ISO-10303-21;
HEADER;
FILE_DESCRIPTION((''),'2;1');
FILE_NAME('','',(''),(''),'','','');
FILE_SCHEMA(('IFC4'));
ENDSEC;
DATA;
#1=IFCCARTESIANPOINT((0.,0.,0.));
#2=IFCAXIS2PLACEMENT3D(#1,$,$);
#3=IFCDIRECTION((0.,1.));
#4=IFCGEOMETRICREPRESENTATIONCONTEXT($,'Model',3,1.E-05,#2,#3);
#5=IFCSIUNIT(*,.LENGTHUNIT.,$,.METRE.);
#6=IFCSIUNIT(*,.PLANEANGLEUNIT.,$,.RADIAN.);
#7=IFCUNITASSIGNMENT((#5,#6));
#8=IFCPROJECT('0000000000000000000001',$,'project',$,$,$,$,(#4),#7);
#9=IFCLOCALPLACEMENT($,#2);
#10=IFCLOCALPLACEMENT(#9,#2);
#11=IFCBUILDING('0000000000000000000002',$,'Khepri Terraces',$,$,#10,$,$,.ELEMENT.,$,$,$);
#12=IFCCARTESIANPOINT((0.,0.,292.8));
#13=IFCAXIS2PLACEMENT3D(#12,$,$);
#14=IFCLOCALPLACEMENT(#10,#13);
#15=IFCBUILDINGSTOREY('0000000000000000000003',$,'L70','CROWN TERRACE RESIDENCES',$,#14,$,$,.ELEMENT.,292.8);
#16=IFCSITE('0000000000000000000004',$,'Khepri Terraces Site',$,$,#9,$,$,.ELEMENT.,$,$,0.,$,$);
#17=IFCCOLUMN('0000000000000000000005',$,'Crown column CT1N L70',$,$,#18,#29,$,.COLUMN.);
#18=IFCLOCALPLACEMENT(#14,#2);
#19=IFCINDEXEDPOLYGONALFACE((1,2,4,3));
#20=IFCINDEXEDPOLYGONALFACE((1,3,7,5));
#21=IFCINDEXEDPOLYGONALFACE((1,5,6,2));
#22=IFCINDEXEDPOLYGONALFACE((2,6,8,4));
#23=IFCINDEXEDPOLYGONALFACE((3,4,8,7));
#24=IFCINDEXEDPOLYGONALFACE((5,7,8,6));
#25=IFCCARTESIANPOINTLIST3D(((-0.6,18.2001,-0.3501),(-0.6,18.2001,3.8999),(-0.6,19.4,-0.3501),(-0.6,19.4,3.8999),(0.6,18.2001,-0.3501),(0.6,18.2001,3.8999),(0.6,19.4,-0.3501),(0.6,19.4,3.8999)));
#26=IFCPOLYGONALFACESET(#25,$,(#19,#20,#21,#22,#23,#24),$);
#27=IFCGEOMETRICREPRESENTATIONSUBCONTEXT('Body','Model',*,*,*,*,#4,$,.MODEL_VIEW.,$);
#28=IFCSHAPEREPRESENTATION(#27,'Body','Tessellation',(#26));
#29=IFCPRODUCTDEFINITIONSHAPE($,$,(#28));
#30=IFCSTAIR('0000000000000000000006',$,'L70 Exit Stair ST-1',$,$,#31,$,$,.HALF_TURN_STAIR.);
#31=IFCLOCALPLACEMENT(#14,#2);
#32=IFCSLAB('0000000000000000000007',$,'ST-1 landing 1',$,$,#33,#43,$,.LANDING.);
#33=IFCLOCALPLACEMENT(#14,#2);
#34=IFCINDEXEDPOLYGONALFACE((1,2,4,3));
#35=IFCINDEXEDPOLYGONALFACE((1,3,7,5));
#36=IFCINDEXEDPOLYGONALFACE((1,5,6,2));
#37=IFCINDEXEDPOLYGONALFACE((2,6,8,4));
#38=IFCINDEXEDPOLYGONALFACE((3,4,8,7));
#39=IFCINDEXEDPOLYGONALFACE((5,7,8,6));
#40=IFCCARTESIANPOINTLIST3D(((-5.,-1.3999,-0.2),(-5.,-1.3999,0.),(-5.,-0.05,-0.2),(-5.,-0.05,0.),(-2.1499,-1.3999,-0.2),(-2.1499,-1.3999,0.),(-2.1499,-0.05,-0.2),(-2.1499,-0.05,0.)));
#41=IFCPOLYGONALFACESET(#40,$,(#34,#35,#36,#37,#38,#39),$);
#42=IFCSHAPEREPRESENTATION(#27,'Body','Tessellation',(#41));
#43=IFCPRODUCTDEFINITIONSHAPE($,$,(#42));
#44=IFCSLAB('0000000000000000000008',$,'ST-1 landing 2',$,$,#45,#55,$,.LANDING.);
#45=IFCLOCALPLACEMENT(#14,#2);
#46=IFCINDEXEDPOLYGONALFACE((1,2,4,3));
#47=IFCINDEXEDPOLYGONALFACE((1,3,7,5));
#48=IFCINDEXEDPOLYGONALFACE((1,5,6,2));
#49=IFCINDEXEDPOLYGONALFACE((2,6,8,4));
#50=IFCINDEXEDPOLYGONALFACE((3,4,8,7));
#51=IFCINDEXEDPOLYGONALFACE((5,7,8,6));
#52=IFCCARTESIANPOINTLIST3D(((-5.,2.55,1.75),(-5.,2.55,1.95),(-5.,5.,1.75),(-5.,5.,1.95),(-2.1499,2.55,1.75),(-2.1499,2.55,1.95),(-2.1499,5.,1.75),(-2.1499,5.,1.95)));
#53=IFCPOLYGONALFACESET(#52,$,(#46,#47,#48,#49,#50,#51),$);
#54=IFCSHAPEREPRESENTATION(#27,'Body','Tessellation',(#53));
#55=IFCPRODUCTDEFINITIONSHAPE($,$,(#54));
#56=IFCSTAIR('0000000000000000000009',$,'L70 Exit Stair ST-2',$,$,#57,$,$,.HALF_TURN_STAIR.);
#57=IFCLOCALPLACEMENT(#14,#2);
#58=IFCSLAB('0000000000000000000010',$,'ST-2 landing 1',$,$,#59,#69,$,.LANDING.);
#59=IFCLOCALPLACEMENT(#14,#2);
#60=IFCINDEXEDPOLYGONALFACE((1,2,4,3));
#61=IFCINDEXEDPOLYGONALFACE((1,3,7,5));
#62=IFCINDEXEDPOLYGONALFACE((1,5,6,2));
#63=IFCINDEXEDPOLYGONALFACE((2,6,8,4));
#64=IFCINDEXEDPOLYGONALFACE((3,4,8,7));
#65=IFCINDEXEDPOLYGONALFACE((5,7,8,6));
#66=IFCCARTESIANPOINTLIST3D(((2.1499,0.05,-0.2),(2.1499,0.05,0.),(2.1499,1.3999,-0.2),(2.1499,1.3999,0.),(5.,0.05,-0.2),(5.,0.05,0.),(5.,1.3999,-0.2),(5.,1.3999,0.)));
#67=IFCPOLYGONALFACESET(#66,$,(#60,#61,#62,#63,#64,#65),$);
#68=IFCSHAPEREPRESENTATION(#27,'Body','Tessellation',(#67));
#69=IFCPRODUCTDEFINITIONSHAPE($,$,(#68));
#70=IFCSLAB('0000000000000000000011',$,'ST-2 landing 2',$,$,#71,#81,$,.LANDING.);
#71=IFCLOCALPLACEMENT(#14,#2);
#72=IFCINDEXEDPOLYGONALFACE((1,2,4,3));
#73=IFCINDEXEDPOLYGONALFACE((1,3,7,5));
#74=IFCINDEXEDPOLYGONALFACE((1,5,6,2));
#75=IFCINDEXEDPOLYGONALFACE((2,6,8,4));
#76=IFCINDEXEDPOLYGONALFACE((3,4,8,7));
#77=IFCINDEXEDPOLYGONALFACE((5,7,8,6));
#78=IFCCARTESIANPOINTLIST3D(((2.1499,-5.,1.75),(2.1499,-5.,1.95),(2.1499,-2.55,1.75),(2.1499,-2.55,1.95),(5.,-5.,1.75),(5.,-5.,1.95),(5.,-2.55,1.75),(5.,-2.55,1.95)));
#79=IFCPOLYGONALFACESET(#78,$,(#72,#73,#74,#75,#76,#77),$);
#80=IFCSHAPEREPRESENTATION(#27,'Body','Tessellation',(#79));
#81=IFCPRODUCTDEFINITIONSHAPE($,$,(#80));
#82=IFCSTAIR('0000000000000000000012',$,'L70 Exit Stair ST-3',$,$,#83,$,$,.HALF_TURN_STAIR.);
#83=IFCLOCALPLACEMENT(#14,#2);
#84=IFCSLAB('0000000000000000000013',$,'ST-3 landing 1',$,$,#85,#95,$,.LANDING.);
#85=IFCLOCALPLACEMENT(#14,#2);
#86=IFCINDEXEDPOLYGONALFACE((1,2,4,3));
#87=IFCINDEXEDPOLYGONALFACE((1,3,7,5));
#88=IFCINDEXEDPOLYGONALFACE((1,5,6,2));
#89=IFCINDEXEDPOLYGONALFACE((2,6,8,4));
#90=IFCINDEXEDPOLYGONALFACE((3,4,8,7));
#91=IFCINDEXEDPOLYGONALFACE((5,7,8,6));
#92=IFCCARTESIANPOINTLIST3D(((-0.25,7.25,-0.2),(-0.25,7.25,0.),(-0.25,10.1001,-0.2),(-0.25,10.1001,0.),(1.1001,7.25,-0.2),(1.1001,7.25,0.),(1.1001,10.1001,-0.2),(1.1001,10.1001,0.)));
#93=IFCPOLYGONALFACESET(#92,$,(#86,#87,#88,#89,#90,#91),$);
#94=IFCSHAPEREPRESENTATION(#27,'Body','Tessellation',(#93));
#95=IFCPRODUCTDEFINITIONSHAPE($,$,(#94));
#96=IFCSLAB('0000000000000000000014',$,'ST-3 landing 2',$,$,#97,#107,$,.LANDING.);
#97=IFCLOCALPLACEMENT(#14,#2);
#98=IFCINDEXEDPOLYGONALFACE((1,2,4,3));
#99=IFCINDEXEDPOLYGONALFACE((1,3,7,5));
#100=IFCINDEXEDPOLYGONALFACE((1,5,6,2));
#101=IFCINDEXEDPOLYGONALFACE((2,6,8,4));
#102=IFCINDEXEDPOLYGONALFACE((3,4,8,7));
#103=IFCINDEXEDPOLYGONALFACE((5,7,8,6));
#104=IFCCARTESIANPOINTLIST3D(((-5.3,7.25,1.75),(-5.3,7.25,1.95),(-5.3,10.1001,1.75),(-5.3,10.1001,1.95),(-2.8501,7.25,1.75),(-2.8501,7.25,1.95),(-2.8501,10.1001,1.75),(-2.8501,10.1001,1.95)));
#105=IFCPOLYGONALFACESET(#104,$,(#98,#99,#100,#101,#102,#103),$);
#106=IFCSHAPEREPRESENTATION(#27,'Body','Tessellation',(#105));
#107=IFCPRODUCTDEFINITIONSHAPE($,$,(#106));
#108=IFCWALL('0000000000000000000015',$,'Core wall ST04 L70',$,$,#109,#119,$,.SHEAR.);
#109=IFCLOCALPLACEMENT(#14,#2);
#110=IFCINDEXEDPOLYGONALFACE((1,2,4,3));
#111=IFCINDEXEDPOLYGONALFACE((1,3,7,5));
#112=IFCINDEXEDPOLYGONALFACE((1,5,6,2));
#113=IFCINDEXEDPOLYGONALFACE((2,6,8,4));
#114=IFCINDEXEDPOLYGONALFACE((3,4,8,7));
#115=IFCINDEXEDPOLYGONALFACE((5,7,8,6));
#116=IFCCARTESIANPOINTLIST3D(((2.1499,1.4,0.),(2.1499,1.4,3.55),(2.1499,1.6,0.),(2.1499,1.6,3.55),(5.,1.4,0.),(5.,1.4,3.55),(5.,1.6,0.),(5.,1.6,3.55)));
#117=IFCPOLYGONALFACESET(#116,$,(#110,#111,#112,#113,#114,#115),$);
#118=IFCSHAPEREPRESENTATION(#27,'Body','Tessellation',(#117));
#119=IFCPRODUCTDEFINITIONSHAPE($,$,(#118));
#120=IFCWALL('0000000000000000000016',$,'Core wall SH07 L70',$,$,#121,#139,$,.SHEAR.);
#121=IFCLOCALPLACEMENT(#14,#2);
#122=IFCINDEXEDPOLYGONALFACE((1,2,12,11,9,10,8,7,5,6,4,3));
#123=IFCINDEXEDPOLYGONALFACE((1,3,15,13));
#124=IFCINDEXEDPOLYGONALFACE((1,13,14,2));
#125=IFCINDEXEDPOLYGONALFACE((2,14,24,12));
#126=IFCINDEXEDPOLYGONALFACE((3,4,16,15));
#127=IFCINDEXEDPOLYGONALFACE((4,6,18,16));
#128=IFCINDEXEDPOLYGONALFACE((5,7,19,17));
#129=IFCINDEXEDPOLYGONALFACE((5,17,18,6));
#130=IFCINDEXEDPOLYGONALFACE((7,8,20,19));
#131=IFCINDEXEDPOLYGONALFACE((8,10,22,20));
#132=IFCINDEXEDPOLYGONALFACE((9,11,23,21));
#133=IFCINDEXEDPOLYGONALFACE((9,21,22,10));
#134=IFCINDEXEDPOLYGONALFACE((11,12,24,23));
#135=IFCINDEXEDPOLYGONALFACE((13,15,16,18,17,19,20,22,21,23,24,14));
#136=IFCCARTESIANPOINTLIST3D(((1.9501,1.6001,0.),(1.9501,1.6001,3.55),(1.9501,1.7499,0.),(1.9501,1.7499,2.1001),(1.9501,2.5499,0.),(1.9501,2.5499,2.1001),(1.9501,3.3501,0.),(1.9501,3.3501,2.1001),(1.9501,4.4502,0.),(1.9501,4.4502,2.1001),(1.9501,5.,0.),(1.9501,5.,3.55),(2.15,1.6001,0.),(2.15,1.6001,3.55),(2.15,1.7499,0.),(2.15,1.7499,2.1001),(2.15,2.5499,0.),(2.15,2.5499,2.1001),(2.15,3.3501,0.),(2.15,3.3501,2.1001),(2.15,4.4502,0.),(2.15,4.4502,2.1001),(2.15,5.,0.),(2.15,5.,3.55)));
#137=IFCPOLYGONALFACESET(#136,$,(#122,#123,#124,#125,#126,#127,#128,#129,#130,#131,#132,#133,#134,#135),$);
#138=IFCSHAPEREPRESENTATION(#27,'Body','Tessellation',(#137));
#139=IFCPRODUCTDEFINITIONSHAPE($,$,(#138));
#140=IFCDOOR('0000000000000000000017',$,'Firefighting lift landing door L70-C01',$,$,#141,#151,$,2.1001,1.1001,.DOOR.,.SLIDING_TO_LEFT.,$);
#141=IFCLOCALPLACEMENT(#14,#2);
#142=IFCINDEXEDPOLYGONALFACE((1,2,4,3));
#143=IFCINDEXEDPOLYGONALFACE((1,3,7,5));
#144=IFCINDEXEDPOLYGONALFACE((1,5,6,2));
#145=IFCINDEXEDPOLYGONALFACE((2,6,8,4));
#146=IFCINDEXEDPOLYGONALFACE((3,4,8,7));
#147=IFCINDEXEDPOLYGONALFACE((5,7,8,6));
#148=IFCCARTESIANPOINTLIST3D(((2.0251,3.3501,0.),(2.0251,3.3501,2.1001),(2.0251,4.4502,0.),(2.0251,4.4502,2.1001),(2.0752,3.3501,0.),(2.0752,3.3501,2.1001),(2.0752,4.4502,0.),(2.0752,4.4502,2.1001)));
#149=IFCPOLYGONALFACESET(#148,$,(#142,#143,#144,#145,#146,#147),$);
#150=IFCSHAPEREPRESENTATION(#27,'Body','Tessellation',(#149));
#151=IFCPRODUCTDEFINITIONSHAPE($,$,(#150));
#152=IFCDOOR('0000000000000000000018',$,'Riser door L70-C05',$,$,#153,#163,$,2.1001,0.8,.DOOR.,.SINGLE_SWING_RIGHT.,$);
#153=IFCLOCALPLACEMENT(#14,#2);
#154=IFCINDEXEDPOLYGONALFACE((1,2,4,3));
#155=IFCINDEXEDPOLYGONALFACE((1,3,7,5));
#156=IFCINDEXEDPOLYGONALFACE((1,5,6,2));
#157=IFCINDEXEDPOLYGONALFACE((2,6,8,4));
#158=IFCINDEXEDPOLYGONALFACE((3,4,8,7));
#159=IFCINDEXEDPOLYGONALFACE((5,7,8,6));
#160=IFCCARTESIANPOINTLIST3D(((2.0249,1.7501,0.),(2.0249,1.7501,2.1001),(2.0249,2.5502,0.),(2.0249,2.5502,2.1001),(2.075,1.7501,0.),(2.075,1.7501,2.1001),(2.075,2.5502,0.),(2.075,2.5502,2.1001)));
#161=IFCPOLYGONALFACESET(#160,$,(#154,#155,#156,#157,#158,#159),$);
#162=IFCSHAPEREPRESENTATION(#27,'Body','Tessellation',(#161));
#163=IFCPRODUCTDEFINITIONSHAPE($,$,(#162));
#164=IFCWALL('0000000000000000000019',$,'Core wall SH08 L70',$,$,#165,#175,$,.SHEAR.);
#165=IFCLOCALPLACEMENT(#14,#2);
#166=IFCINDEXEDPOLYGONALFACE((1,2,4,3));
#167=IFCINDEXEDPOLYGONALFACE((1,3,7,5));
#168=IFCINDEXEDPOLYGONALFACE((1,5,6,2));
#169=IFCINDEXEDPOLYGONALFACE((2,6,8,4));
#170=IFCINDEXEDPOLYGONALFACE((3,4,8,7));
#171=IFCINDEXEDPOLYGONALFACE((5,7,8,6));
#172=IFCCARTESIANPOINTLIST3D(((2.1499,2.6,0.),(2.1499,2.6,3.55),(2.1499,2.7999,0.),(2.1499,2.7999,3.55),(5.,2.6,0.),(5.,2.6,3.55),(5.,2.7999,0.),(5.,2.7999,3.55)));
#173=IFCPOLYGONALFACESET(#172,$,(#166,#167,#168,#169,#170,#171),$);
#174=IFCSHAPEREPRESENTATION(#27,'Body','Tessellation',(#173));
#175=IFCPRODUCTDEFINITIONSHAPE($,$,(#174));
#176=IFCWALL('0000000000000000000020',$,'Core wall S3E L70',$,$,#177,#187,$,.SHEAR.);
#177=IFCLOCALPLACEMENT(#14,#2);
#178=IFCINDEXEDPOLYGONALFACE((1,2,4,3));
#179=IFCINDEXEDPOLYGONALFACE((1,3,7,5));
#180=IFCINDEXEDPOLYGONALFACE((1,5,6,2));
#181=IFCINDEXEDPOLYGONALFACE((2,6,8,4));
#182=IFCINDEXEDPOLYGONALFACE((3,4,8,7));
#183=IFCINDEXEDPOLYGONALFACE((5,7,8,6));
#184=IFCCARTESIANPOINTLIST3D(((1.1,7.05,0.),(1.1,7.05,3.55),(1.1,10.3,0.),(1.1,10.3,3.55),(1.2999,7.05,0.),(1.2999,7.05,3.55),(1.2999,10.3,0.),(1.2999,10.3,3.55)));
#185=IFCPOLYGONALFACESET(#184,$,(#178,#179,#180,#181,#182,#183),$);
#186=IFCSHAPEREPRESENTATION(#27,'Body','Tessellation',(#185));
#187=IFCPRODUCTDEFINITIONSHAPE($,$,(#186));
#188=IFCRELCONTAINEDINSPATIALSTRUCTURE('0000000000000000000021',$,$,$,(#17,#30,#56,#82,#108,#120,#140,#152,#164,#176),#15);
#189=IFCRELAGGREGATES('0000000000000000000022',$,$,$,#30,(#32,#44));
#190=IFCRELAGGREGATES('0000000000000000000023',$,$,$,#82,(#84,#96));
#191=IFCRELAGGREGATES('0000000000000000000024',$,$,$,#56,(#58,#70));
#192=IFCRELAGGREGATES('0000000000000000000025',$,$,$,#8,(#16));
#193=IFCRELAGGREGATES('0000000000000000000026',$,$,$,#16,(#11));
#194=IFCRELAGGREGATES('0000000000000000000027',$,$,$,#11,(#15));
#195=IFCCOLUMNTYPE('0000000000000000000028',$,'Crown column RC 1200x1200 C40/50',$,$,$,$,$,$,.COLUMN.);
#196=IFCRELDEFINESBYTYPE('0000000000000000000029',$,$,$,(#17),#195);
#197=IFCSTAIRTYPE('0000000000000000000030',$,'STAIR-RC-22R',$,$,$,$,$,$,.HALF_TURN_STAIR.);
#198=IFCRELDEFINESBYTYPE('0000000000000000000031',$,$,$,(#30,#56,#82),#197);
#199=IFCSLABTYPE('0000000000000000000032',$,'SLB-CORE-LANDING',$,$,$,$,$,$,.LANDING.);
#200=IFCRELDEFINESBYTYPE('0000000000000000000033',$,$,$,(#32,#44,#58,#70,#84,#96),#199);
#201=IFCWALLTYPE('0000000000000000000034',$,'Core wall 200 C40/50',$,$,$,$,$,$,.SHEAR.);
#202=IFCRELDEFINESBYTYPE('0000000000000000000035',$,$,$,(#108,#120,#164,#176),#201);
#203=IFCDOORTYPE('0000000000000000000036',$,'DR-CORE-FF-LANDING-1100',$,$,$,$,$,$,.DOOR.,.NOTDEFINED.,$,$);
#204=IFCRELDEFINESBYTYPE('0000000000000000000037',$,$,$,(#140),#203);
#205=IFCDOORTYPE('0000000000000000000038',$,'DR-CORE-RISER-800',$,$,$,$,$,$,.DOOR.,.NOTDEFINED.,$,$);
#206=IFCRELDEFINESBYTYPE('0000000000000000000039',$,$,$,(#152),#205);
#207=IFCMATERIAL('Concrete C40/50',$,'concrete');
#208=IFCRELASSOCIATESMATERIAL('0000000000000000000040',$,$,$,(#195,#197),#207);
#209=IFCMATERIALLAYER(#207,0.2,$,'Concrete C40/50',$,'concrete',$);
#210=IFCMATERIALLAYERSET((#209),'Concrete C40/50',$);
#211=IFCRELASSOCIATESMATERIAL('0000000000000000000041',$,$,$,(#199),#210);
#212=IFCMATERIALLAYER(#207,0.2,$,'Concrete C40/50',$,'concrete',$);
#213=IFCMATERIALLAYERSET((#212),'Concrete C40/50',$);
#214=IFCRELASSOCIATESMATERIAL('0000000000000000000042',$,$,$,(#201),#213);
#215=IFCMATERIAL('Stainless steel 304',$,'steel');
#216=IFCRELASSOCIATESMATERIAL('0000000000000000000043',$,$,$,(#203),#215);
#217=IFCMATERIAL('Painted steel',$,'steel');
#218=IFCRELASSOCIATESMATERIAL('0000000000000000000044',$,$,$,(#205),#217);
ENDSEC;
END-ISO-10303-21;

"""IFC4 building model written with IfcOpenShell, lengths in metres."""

from ifc_helpers import new_model, si_unit, direction, frame, frame_2d, origin, origin_2d, place, context, subcontext, project, spatial, polyline, rectangle, outline, extrude, material, layer, layer_set, material_profile, profile_set, type_object, element, fill, aggregate, save


model = new_model("IFC4")

# Units and contexts
model_context = context("Model", 3, precision=1e-05, world=origin(), true_north=direction((0.0, 1.0)))
body_context = subcontext(model_context, "Body", "Model", "MODEL_VIEW")
ifc_project = project(units=[si_unit("LENGTHUNIT", "METRE"), si_unit("PLANEANGLEUNIT", "RADIAN")], contexts=[model_context])

# Site, building, storey
site_placement = place(None, origin())
site = spatial("IfcSite", under=ifc_project, at=site_placement, Name="Khepri Terraces Site", CompositionType="ELEMENT", RefElevation=0.0)
building_placement = place(site_placement, origin())
building = spatial("IfcBuilding", under=site, at=building_placement, Name="Khepri Terraces", CompositionType="ELEMENT")
storey_placement = place(building_placement, frame((0.0, 0.0, 292.8)))
storey = spatial("IfcBuildingStorey", under=building, at=storey_placement, Name="L70", Description="CROWN TERRACE RESIDENCES", CompositionType="ELEMENT", Elevation=292.8)

# Column
ifc_material_1 = material(Name="Concrete C40/50", Category="concrete")
ifc_material_profile = material_profile(ifc_material_1, rectangle(XDim=1.2, YDim=1.2, at=origin_2d()), Name="Concrete C40/50", Category="concrete")
ifc_profile_set = profile_set([ifc_material_profile], Name="Concrete C40/50")
column_type = type_object("IfcColumnType", Name="Crown column RC 1200x1200 C40/50", PredefinedType="COLUMN", material=ifc_profile_set)
column_placement = place(storey_placement, frame((0.0, 18.8, -0.3501), z_axis=(0.0, 0.0, 1.0), x_axis=(1.0, 0.0, 0.0)))
element("IfcColumn", 1, at=column_placement, inside=storey, type_object=column_type, Name="Crown column CT1N L70", PredefinedType="COLUMN", context=body_context, shape_type="SweptSolid", body=[
    extrude(rectangle(XDim=1.2, YDim=1.2, at=origin_2d()), origin(), (0.0, 0.0, 1.0), 4.25),
])

# Stairs, slabs
stair_type = type_object("IfcStairType", Name="STAIR-RC-22R", PredefinedType="HALF_TURN_STAIR", material=ifc_material_1)
stair_1_placement = place(storey_placement, origin())
stair_1 = element("IfcStair", 2, at=stair_1_placement, inside=storey, type_object=stair_type, Name="L70 Exit Stair ST-1", PredefinedType="HALF_TURN_STAIR")
ifc_layer_1 = layer(ifc_material_1, 0.2, Name="Concrete C40/50", Category="concrete")
ifc_layer_set_1 = layer_set([ifc_layer_1], Name="Concrete C40/50")
slab_type = type_object("IfcSlabType", Name="SLB-CORE-LANDING", PredefinedType="LANDING", material=ifc_layer_set_1)
slab_1_placement = place(storey_placement, frame((0.0, 0.0, -0.2)))
slab_1 = element("IfcSlab", 3, at=slab_1_placement, type_object=slab_type, Name="ST-1 landing 1", PredefinedType="LANDING", context=body_context, shape_type="SweptSolid", body=[
    extrude(outline(polyline([(-2.1499, -1.3999), (-2.1499, -0.05), (-5.0, -0.05), (-5.0, -1.3999), (-2.1499, -1.3999)])), origin(), (0.0, 0.0, 1.0), 0.2),
])
slab_2_placement = place(storey_placement, frame((0.0, 0.0, 1.75)))
slab_2 = element("IfcSlab", 4, at=slab_2_placement, type_object=slab_type, Name="ST-1 landing 2", PredefinedType="LANDING", context=body_context, shape_type="SweptSolid", body=[
    extrude(outline(polyline([(-2.1499, 2.55), (-2.1499, 5.0), (-5.0, 5.0), (-5.0, 2.55), (-2.1499, 2.55)])), origin(), (0.0, 0.0, 1.0), 0.2),
])
aggregate(stair_1, [slab_1, slab_2])
stair_2_placement = place(storey_placement, origin())
stair_2 = element("IfcStair", 5, at=stair_2_placement, inside=storey, type_object=stair_type, Name="L70 Exit Stair ST-2", PredefinedType="HALF_TURN_STAIR")
slab_3_placement = place(storey_placement, frame((0.0, 0.0, -0.2)))
slab_3 = element("IfcSlab", 6, at=slab_3_placement, type_object=slab_type, Name="ST-2 landing 1", PredefinedType="LANDING", context=body_context, shape_type="SweptSolid", body=[
    extrude(outline(polyline([(2.1499, 1.3999), (2.1499, 0.05), (5.0, 0.05), (5.0, 1.3999), (2.1499, 1.3999)])), origin(), (0.0, 0.0, 1.0), 0.2),
])
slab_4_placement = place(storey_placement, frame((0.0, 0.0, 1.75)))
slab_4 = element("IfcSlab", 7, at=slab_4_placement, type_object=slab_type, Name="ST-2 landing 2", PredefinedType="LANDING", context=body_context, shape_type="SweptSolid", body=[
    extrude(outline(polyline([(2.1499, -2.55), (2.1499, -5.0), (5.0, -5.0), (5.0, -2.55), (2.1499, -2.55)])), origin(), (0.0, 0.0, 1.0), 0.2),
])
stair_3_placement = place(storey_placement, origin())
stair_3 = element("IfcStair", 8, at=stair_3_placement, inside=storey, type_object=stair_type, Name="L70 Exit Stair ST-3", PredefinedType="HALF_TURN_STAIR")
slab_5_placement = place(storey_placement, frame((0.0, 0.0, -0.2)))
slab_5 = element("IfcSlab", 9, at=slab_5_placement, type_object=slab_type, Name="ST-3 landing 1", PredefinedType="LANDING", context=body_context, shape_type="SweptSolid", body=[
    extrude(outline(polyline([(1.1001, 10.1001), (-0.25, 10.1001), (-0.25, 7.25), (1.1001, 7.25), (1.1001, 10.1001)])), origin(), (0.0, 0.0, 1.0), 0.2),
])
slab_6_placement = place(storey_placement, frame((0.0, 0.0, 1.75)))
slab_6 = element("IfcSlab", 10, at=slab_6_placement, type_object=slab_type, Name="ST-3 landing 2", PredefinedType="LANDING", context=body_context, shape_type="SweptSolid", body=[
    extrude(outline(polyline([(-2.8501, 10.1001), (-5.3, 10.1001), (-5.3, 7.25), (-2.8501, 7.25), (-2.8501, 10.1001)])), origin(), (0.0, 0.0, 1.0), 0.2),
])
aggregate(stair_3, [slab_5, slab_6])

# Wall
ifc_layer_2 = layer(ifc_material_1, 0.2, Name="Concrete C40/50", Category="concrete")
ifc_layer_set_2 = layer_set([ifc_layer_2], Name="Concrete C40/50")
wall_type_1 = type_object("IfcWallType", Name="Core wall 200 C40/50", PredefinedType="SHEAR", material=ifc_layer_set_2)
wall_1_placement = place(storey_placement, frame((2.1499, 1.5, 0.0), z_axis=(0.0, 0.0, 1.0), x_axis=(1.0, 0.0, 0.0)))
element("IfcWall", 11, at=wall_1_placement, inside=storey, type_object=wall_type_1, Name="Core wall ST04 L70", PredefinedType="SHEAR", context=body_context, shape_type="SweptSolid", body=[
    extrude(rectangle(XDim=2.8501, YDim=0.2, at=frame_2d((1.425, 0.0))), origin(), (0.0, 0.0, 1.0), 3.55),
])

# Wall, openings, doors
wall_2_placement = place(storey_placement, frame((2.05, 1.6001, 0.0), z_axis=(0.0, 0.0, 1.0), x_axis=(0.0, 1.0, 0.0)))
wall_2 = element("IfcWall", 12, at=wall_2_placement, inside=storey, type_object=wall_type_1, Name="Core wall SH07 L70", PredefinedType="SHEAR", context=body_context, shape_type="SweptSolid", body=[
    extrude(rectangle(XDim=3.3999, YDim=0.2, at=frame_2d((1.7, 0.0))), origin(), (0.0, 0.0, 1.0), 3.55),
])
opening_1_placement = place(wall_2_placement, frame((1.75, 0.0, 0.0)))
opening_1 = element("IfcOpeningElement", 13, at=opening_1_placement, cuts=wall_2, PredefinedType="OPENING", context=body_context, shape_type="SweptSolid", body=[
    extrude(rectangle(XDim=1.1001, YDim=2.1001, at=frame_2d((0.55, 1.05))), frame((0.0, 0.1099, 0.0), z_axis=(0.0, -1.0, 0.0), x_axis=(1.0, 0.0, 0.0)), (0.0, 0.0, 1.0), 0.22),
])
opening_2_placement = place(wall_2_placement, frame((0.1499, 0.0, 0.0)))
opening_2 = element("IfcOpeningElement", 14, at=opening_2_placement, cuts=wall_2, PredefinedType="OPENING", context=body_context, shape_type="SweptSolid", body=[
    extrude(rectangle(XDim=0.8, YDim=2.1001, at=frame_2d((0.3999, 1.05))), frame((0.0, 0.1099, 0.0), z_axis=(0.0, -1.0, 0.0), x_axis=(1.0, 0.0, 0.0)), (0.0, 0.0, 1.0), 0.22),
])
ifc_material_2 = material(Name="Stainless steel 304", Category="steel")
door_type_1 = type_object("IfcDoorType", Name="DR-CORE-FF-LANDING-1100", OperationType="NOTDEFINED", PredefinedType="DOOR", material=ifc_material_2)
door_1_placement = place(opening_1_placement, origin())
door_1 = element("IfcDoor", 15, at=door_1_placement, inside=storey, type_object=door_type_1, Name="Firefighting lift landing door L70-C01", OperationType="SLIDING_TO_LEFT", OverallHeight=2.1001, OverallWidth=1.1001, PredefinedType="DOOR", context=body_context, shape_type="SweptSolid", body=[
    extrude(rectangle(XDim=1.1001, YDim=2.1001, at=frame_2d((0.55, 1.05))), frame((0.0, 0.0249, 0.0), z_axis=(0.0, -1.0, 0.0), x_axis=(1.0, 0.0, 0.0)), (0.0, 0.0, 1.0), 0.05),
])
fill(opening_1, door_1)
ifc_material_3 = material(Name="Painted steel", Category="steel")
door_type_2 = type_object("IfcDoorType", Name="DR-CORE-RISER-800", OperationType="NOTDEFINED", PredefinedType="DOOR", material=ifc_material_3)
door_2_placement = place(opening_2_placement, frame((0.8, 0.0, 0.0), z_axis=(0.0, 0.0, 1.0), x_axis=(-1.0, 0.0, 0.0)))
door_2 = element("IfcDoor", 16, at=door_2_placement, inside=storey, type_object=door_type_2, Name="Riser door L70-C05", OperationType="SINGLE_SWING_RIGHT", OverallHeight=2.1001, OverallWidth=0.8, PredefinedType="DOOR", context=body_context, shape_type="SweptSolid", body=[
    extrude(rectangle(XDim=0.8, YDim=2.1001, at=frame_2d((0.3999, 1.05))), frame((0.0, 0.0249, 0.0), z_axis=(0.0, -1.0, 0.0), x_axis=(1.0, 0.0, 0.0)), (0.0, 0.0, 1.0), 0.05),
])
fill(opening_2, door_2)

# Walls
wall_3_placement = place(storey_placement, frame((2.1499, 2.7, 0.0), z_axis=(0.0, 0.0, 1.0), x_axis=(1.0, 0.0, 0.0)))
element("IfcWall", 17, at=wall_3_placement, inside=storey, type_object=wall_type_1, Name="Core wall SH08 L70", PredefinedType="SHEAR", context=body_context, shape_type="SweptSolid", body=[
    extrude(rectangle(XDim=2.8501, YDim=0.2, at=frame_2d((1.425, 0.0))), origin(), (0.0, 0.0, 1.0), 3.55),
])
wall_4_placement = place(storey_placement, frame((1.2, 7.05, 0.0), z_axis=(0.0, 0.0, 1.0), x_axis=(0.0, 1.0, 0.0)))
element("IfcWall", 18, at=wall_4_placement, inside=storey, type_object=wall_type_1, Name="Core wall S3E L70", PredefinedType="SHEAR", context=body_context, shape_type="SweptSolid", body=[
    extrude(rectangle(XDim=3.25, YDim=0.2, at=frame_2d((1.625, 0.0))), origin(), (0.0, 0.0, 1.0), 3.55),
])

aggregate(stair_2, [slab_3, slab_4])

save(model, "model.ifc")
